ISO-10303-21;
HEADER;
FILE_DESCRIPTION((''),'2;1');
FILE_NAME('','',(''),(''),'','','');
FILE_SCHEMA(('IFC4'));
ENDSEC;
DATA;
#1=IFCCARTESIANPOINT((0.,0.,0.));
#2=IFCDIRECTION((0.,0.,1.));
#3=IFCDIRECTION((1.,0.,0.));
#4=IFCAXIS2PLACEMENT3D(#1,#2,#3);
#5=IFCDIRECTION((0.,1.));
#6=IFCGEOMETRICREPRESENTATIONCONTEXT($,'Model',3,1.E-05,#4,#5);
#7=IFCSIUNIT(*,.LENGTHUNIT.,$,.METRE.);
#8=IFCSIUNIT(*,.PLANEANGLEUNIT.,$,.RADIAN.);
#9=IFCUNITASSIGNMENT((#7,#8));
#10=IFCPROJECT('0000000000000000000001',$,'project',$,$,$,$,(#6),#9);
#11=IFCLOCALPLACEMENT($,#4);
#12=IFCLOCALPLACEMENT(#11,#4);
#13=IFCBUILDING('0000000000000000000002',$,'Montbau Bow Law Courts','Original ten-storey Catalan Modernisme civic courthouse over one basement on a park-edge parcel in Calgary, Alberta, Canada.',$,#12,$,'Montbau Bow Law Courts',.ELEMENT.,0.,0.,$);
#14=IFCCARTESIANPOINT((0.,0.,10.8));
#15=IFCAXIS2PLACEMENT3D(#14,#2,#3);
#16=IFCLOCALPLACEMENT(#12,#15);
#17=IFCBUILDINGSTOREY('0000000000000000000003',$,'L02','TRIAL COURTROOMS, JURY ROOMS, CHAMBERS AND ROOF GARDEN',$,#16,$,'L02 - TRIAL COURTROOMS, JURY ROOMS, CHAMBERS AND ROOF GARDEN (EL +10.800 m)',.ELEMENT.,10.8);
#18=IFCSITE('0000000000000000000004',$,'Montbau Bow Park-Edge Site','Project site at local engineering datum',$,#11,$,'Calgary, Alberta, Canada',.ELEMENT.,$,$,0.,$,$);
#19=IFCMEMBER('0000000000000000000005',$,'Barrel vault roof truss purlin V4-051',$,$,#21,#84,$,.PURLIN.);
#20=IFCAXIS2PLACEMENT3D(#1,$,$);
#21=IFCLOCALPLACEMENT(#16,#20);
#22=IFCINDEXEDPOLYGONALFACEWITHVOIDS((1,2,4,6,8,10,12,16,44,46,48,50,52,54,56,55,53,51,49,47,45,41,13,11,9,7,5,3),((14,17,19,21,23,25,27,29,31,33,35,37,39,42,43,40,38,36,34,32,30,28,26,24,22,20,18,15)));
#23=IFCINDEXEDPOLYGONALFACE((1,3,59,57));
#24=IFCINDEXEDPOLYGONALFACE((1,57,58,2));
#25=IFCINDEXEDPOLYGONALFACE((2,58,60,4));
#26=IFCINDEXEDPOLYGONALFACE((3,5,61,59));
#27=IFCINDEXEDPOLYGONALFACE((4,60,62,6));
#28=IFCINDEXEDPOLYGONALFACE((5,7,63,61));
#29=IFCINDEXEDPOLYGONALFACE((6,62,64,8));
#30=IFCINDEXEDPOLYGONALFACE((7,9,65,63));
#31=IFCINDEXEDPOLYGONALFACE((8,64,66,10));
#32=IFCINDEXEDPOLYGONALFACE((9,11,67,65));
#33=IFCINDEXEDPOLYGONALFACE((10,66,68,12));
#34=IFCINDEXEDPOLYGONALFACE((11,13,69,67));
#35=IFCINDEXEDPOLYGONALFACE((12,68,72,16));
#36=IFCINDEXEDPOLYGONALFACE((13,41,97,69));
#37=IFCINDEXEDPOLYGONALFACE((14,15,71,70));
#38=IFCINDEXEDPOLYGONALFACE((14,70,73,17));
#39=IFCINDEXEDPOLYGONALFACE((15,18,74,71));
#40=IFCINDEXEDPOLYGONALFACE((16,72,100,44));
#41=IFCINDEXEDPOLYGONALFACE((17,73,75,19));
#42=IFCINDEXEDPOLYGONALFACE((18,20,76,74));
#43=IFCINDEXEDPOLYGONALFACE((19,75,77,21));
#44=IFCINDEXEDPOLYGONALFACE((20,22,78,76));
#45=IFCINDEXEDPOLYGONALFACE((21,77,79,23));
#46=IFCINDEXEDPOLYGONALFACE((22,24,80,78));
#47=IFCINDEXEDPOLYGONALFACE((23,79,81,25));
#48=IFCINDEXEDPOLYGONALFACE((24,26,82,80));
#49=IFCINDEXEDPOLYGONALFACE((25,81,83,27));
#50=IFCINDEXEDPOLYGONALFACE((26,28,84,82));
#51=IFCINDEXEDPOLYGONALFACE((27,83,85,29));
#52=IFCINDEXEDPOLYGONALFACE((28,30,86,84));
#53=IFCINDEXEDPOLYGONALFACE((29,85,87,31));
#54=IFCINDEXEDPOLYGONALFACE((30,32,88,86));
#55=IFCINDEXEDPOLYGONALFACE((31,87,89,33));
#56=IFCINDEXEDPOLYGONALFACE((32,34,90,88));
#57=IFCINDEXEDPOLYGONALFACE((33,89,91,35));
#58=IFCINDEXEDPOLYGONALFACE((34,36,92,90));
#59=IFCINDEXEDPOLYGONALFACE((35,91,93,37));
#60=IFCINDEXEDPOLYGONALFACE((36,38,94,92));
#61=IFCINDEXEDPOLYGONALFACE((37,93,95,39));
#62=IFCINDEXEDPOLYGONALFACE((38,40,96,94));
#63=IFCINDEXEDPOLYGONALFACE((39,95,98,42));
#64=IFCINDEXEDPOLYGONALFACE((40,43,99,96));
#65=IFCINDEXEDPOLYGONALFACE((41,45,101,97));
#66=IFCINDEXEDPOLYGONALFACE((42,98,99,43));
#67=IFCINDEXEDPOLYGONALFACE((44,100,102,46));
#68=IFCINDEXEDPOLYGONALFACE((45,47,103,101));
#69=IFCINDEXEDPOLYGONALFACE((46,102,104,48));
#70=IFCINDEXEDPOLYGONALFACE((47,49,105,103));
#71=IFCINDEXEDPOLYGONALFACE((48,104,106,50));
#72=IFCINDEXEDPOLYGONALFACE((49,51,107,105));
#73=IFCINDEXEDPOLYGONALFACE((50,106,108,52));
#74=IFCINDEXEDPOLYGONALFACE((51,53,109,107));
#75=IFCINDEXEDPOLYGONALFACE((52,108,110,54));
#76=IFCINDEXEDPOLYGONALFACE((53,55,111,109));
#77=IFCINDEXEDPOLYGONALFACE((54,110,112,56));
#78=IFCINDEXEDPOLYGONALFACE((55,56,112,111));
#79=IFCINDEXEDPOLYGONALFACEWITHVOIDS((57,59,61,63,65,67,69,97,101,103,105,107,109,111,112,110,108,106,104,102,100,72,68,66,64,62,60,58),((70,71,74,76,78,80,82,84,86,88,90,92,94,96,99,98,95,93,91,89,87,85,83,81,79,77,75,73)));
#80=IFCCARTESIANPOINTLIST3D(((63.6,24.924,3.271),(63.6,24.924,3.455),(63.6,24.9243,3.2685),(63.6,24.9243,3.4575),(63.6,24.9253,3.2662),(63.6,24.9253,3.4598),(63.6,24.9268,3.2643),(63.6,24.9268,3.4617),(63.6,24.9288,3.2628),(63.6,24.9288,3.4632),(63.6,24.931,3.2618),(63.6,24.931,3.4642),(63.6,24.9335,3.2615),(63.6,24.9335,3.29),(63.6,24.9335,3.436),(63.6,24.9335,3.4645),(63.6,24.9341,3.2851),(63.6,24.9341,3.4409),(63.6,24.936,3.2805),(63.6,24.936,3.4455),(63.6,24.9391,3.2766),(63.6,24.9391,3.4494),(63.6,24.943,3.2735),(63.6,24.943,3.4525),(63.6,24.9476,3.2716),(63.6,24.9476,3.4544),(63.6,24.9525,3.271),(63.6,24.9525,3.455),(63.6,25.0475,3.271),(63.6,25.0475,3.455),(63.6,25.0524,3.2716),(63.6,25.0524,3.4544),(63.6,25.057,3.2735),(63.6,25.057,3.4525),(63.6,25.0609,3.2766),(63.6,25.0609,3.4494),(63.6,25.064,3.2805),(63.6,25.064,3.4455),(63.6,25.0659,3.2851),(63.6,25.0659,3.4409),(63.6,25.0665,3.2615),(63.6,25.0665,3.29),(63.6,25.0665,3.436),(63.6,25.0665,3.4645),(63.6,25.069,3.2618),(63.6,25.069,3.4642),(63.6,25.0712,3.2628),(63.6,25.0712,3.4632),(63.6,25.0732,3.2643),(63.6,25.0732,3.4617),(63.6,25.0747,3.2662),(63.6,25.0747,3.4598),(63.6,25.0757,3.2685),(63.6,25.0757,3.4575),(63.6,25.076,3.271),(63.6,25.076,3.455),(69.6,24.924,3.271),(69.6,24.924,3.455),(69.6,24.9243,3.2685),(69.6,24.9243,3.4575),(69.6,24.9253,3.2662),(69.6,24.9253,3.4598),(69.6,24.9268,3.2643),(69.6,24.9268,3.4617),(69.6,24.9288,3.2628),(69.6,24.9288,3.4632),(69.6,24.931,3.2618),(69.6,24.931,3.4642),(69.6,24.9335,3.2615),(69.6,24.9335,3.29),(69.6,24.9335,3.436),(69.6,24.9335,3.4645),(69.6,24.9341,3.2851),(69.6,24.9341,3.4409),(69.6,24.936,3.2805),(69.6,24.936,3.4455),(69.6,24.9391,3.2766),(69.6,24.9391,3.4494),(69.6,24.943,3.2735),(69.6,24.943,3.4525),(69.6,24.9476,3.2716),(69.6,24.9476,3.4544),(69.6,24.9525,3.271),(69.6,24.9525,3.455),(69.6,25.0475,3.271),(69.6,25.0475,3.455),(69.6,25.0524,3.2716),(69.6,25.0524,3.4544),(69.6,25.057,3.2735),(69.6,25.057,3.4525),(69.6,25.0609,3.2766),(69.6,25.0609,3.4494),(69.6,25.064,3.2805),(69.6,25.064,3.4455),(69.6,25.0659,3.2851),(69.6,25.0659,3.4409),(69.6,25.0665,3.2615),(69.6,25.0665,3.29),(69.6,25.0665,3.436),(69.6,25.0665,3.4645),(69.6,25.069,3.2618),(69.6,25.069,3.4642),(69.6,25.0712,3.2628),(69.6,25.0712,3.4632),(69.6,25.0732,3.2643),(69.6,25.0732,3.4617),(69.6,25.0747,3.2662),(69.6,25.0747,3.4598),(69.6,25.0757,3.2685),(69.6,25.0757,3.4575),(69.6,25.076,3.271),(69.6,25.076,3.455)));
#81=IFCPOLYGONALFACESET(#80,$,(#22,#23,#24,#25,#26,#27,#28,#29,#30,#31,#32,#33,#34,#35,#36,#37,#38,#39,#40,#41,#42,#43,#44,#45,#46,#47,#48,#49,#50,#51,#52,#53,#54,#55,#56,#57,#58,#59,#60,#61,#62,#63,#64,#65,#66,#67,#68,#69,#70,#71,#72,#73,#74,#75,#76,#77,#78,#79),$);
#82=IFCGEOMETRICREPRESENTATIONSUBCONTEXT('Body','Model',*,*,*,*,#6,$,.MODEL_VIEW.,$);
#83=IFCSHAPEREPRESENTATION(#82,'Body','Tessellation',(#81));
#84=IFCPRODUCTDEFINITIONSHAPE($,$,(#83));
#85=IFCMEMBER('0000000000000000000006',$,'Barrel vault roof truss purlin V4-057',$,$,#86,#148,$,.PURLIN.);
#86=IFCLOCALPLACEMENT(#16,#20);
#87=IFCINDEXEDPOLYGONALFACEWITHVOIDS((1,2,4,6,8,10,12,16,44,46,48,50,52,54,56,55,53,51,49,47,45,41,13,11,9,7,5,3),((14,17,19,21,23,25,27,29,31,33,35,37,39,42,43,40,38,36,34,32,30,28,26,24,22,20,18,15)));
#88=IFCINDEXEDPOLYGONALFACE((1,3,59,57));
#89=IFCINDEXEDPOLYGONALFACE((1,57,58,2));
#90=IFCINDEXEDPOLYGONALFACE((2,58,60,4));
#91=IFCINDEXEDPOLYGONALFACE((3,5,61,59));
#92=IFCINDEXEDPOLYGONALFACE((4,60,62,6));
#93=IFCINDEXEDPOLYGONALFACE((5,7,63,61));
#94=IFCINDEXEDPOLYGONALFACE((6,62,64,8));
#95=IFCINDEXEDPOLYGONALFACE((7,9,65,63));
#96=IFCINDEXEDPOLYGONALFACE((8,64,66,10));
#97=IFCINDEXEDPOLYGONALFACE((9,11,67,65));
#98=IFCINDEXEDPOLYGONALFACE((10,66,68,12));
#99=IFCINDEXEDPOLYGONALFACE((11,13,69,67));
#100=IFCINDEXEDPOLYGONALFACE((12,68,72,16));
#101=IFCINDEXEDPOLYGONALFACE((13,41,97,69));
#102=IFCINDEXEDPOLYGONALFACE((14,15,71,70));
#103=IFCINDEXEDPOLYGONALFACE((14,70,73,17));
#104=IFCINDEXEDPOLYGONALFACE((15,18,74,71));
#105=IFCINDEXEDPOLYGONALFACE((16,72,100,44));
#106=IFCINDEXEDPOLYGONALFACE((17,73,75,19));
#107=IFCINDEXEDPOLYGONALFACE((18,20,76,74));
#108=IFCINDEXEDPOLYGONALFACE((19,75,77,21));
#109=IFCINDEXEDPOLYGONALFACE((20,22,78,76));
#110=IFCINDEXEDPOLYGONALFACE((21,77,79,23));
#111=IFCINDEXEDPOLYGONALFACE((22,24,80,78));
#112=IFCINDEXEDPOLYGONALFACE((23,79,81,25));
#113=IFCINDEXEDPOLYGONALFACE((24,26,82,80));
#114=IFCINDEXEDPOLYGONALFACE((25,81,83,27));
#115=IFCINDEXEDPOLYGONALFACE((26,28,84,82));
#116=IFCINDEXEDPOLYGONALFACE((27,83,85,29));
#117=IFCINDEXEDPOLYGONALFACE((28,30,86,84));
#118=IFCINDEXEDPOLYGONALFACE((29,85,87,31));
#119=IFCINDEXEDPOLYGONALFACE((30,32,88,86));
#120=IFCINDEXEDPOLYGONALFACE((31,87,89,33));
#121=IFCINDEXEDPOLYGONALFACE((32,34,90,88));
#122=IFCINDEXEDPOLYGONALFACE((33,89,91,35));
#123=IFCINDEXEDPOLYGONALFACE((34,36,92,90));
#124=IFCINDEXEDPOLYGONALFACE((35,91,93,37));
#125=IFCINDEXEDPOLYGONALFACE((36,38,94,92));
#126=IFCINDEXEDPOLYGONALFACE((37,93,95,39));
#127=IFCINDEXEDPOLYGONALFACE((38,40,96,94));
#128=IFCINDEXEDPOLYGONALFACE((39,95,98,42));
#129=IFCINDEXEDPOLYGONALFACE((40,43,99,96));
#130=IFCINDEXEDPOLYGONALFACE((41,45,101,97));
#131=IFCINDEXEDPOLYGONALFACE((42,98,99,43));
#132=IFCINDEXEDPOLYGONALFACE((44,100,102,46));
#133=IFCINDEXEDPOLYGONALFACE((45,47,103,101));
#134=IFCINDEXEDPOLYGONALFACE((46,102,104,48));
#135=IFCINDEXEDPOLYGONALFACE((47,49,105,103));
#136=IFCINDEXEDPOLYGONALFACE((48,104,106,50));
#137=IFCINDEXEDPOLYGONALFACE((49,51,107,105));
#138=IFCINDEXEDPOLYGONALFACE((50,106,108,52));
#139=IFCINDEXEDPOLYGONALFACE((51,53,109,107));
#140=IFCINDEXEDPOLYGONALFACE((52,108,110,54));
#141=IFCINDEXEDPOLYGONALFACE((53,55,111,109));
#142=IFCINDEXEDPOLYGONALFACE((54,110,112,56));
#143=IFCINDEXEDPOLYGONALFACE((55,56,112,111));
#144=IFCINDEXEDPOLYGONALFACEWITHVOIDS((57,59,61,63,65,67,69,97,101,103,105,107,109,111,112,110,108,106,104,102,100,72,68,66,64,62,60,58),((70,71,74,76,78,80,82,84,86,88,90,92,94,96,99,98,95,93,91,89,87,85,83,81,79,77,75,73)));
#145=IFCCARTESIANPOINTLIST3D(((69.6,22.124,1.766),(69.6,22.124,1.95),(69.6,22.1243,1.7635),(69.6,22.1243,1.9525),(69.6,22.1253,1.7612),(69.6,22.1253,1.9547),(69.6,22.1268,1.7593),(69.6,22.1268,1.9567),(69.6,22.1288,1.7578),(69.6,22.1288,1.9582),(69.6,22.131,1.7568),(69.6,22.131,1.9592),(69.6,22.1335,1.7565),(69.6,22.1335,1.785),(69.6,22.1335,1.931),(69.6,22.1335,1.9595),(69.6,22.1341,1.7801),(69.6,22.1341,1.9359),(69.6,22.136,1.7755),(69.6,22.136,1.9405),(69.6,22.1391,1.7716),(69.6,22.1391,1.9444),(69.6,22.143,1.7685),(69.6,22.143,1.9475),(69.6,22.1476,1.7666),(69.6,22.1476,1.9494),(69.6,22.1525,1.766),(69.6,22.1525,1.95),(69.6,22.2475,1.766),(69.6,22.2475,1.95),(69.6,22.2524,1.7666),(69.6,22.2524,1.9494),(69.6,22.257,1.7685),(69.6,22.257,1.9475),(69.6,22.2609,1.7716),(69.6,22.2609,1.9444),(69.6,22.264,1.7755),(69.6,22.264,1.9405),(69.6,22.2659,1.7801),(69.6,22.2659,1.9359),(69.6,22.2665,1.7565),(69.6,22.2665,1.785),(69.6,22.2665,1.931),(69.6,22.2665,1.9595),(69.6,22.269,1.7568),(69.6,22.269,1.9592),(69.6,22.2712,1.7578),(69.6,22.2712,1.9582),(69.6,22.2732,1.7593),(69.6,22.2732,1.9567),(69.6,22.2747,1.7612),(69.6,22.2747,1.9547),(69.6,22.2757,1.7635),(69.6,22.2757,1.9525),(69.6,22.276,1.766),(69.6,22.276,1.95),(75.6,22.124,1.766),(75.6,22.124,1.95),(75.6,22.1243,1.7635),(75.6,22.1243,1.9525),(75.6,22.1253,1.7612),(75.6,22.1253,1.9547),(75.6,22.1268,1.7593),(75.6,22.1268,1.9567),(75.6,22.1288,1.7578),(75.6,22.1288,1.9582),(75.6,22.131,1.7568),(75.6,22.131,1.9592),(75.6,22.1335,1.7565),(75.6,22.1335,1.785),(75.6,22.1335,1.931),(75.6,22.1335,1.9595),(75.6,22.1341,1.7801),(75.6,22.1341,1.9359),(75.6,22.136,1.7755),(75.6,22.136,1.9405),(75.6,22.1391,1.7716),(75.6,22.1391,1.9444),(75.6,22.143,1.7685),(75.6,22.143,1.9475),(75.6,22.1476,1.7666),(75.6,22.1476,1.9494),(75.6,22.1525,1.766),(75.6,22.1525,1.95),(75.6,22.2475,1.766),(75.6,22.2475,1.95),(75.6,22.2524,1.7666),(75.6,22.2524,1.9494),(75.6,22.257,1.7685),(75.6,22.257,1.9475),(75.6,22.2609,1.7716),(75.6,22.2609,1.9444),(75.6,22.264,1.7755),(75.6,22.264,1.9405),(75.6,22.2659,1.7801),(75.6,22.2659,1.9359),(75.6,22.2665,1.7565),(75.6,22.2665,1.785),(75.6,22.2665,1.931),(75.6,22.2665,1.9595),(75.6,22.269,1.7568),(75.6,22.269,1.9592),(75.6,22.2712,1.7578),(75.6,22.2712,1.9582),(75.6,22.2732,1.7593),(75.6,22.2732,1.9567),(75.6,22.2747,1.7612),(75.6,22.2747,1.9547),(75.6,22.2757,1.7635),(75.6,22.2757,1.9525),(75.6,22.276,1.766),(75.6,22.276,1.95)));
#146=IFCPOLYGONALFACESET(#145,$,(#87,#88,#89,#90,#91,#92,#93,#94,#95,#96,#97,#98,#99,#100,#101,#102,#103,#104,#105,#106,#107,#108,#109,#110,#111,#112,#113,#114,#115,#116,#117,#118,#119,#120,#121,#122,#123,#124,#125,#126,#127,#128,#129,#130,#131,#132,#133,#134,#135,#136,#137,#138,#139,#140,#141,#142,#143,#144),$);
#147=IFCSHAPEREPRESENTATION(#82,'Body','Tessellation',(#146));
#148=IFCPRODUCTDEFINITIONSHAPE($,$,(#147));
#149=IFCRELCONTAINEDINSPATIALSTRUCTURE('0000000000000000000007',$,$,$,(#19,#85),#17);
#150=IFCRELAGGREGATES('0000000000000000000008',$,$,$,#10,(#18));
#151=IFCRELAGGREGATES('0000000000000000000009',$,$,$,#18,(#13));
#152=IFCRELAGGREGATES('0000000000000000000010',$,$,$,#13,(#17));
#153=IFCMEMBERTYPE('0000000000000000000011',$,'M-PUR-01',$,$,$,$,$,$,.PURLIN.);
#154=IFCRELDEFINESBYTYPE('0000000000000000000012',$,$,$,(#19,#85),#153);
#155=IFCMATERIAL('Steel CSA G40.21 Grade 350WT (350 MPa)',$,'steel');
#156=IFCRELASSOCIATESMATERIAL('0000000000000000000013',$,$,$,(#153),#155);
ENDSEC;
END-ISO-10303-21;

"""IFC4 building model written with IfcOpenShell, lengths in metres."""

from ifc_helpers import new_model, si_unit, direction, frame, origin_with_axes, origin_2d_with_axis, place, context, subcontext, project, spatial, hollow_rectangle, extrude, material, material_profile, profile_set, type_object, element, save


model = new_model("IFC4")

# Units and contexts
model_context = context("Model", 3, precision=1e-05, world=origin_with_axes(), true_north=direction((0.0, 1.0)))
body_context = subcontext(model_context, "Body", "Model", "MODEL_VIEW")
ifc_project = project(units=[si_unit("LENGTHUNIT", "METRE"), si_unit("PLANEANGLEUNIT", "RADIAN")], contexts=[model_context])

# Site, building, storey
site_placement = place(None, origin_with_axes())
site = spatial("IfcSite", under=ifc_project, at=site_placement, Name="Montbau Bow Park-Edge Site", Description="Project site at local engineering datum", LongName="Calgary, Alberta, Canada", CompositionType="ELEMENT", RefElevation=0.0)
building_placement = place(site_placement, origin_with_axes())
building = spatial("IfcBuilding", under=site, at=building_placement, Name="Montbau Bow Law Courts", Description="Original ten-storey Catalan Modernisme civic courthouse over one basement on a park-edge parcel in Calgary, Alberta, Canada.", LongName="Montbau Bow Law Courts", CompositionType="ELEMENT", ElevationOfRefHeight=0.0, ElevationOfTerrain=0.0)
storey_placement = place(building_placement, frame((0.0, 0.0, 10.8), z_axis=(0.0, 0.0, 1.0), x_axis=(1.0, 0.0, 0.0)))
storey = spatial("IfcBuildingStorey", under=building, at=storey_placement, Name="L02", Description="TRIAL COURTROOMS, JURY ROOMS, CHAMBERS AND ROOF GARDEN", LongName="L02 - TRIAL COURTROOMS, JURY ROOMS, CHAMBERS AND ROOF GARDEN (EL +10.800 m)", CompositionType="ELEMENT", Elevation=10.8)

# Shared definitions
ifc_material_1 = material(Name="Steel CSA G40.21 Grade 350WT (350 MPa)", Category="steel")

# Members
ifc_material_profile_1 = material_profile(ifc_material_1, hollow_rectangle(XDim=0.152, YDim=0.203, WallThickness=0.0095, InnerFilletRadius=0.019, OuterFilletRadius=0.0095, at=origin_2d_with_axis()), Name="HSS203X152X9.5", Category="Main", Priority=0)
ifc_profile_set_1 = profile_set([ifc_material_profile_1], Name="Steel CSA G40.21 Grade 350WT (350 MPa)")
member_type_1 = type_object("IfcMemberType", Name="M-PUR-01", PredefinedType="PURLIN", material=ifc_profile_set_1)
for number, where, z_axis, x_axis, name in (
    (1, (63.6, 25.0, 14.163), (1.0, 0.0, 0.0), (0.0, 1.0, 0.0), "Barrel vault roof truss purlin V4-051"),
    (2, (69.6, 22.2, 12.658), (1.0, 0.0, 0.0), (0.0, 1.0, 0.0), "Barrel vault roof truss purlin V4-057"),
):
    element("IfcMember", number, at=place(None, frame(where, z_axis=z_axis, x_axis=x_axis)), inside=storey, type_object=member_type_1, Name=name, PredefinedType="PURLIN", context=body_context, shape_type="SweptSolid", body=[
        extrude(hollow_rectangle(XDim=0.152, YDim=0.203, WallThickness=0.0095, InnerFilletRadius=0.019, OuterFilletRadius=0.0095, at=origin_2d_with_axis()), origin_with_axes(), (0.0, 0.0, 1.0), 6.0),
    ])

save(model, "model.ifc")
